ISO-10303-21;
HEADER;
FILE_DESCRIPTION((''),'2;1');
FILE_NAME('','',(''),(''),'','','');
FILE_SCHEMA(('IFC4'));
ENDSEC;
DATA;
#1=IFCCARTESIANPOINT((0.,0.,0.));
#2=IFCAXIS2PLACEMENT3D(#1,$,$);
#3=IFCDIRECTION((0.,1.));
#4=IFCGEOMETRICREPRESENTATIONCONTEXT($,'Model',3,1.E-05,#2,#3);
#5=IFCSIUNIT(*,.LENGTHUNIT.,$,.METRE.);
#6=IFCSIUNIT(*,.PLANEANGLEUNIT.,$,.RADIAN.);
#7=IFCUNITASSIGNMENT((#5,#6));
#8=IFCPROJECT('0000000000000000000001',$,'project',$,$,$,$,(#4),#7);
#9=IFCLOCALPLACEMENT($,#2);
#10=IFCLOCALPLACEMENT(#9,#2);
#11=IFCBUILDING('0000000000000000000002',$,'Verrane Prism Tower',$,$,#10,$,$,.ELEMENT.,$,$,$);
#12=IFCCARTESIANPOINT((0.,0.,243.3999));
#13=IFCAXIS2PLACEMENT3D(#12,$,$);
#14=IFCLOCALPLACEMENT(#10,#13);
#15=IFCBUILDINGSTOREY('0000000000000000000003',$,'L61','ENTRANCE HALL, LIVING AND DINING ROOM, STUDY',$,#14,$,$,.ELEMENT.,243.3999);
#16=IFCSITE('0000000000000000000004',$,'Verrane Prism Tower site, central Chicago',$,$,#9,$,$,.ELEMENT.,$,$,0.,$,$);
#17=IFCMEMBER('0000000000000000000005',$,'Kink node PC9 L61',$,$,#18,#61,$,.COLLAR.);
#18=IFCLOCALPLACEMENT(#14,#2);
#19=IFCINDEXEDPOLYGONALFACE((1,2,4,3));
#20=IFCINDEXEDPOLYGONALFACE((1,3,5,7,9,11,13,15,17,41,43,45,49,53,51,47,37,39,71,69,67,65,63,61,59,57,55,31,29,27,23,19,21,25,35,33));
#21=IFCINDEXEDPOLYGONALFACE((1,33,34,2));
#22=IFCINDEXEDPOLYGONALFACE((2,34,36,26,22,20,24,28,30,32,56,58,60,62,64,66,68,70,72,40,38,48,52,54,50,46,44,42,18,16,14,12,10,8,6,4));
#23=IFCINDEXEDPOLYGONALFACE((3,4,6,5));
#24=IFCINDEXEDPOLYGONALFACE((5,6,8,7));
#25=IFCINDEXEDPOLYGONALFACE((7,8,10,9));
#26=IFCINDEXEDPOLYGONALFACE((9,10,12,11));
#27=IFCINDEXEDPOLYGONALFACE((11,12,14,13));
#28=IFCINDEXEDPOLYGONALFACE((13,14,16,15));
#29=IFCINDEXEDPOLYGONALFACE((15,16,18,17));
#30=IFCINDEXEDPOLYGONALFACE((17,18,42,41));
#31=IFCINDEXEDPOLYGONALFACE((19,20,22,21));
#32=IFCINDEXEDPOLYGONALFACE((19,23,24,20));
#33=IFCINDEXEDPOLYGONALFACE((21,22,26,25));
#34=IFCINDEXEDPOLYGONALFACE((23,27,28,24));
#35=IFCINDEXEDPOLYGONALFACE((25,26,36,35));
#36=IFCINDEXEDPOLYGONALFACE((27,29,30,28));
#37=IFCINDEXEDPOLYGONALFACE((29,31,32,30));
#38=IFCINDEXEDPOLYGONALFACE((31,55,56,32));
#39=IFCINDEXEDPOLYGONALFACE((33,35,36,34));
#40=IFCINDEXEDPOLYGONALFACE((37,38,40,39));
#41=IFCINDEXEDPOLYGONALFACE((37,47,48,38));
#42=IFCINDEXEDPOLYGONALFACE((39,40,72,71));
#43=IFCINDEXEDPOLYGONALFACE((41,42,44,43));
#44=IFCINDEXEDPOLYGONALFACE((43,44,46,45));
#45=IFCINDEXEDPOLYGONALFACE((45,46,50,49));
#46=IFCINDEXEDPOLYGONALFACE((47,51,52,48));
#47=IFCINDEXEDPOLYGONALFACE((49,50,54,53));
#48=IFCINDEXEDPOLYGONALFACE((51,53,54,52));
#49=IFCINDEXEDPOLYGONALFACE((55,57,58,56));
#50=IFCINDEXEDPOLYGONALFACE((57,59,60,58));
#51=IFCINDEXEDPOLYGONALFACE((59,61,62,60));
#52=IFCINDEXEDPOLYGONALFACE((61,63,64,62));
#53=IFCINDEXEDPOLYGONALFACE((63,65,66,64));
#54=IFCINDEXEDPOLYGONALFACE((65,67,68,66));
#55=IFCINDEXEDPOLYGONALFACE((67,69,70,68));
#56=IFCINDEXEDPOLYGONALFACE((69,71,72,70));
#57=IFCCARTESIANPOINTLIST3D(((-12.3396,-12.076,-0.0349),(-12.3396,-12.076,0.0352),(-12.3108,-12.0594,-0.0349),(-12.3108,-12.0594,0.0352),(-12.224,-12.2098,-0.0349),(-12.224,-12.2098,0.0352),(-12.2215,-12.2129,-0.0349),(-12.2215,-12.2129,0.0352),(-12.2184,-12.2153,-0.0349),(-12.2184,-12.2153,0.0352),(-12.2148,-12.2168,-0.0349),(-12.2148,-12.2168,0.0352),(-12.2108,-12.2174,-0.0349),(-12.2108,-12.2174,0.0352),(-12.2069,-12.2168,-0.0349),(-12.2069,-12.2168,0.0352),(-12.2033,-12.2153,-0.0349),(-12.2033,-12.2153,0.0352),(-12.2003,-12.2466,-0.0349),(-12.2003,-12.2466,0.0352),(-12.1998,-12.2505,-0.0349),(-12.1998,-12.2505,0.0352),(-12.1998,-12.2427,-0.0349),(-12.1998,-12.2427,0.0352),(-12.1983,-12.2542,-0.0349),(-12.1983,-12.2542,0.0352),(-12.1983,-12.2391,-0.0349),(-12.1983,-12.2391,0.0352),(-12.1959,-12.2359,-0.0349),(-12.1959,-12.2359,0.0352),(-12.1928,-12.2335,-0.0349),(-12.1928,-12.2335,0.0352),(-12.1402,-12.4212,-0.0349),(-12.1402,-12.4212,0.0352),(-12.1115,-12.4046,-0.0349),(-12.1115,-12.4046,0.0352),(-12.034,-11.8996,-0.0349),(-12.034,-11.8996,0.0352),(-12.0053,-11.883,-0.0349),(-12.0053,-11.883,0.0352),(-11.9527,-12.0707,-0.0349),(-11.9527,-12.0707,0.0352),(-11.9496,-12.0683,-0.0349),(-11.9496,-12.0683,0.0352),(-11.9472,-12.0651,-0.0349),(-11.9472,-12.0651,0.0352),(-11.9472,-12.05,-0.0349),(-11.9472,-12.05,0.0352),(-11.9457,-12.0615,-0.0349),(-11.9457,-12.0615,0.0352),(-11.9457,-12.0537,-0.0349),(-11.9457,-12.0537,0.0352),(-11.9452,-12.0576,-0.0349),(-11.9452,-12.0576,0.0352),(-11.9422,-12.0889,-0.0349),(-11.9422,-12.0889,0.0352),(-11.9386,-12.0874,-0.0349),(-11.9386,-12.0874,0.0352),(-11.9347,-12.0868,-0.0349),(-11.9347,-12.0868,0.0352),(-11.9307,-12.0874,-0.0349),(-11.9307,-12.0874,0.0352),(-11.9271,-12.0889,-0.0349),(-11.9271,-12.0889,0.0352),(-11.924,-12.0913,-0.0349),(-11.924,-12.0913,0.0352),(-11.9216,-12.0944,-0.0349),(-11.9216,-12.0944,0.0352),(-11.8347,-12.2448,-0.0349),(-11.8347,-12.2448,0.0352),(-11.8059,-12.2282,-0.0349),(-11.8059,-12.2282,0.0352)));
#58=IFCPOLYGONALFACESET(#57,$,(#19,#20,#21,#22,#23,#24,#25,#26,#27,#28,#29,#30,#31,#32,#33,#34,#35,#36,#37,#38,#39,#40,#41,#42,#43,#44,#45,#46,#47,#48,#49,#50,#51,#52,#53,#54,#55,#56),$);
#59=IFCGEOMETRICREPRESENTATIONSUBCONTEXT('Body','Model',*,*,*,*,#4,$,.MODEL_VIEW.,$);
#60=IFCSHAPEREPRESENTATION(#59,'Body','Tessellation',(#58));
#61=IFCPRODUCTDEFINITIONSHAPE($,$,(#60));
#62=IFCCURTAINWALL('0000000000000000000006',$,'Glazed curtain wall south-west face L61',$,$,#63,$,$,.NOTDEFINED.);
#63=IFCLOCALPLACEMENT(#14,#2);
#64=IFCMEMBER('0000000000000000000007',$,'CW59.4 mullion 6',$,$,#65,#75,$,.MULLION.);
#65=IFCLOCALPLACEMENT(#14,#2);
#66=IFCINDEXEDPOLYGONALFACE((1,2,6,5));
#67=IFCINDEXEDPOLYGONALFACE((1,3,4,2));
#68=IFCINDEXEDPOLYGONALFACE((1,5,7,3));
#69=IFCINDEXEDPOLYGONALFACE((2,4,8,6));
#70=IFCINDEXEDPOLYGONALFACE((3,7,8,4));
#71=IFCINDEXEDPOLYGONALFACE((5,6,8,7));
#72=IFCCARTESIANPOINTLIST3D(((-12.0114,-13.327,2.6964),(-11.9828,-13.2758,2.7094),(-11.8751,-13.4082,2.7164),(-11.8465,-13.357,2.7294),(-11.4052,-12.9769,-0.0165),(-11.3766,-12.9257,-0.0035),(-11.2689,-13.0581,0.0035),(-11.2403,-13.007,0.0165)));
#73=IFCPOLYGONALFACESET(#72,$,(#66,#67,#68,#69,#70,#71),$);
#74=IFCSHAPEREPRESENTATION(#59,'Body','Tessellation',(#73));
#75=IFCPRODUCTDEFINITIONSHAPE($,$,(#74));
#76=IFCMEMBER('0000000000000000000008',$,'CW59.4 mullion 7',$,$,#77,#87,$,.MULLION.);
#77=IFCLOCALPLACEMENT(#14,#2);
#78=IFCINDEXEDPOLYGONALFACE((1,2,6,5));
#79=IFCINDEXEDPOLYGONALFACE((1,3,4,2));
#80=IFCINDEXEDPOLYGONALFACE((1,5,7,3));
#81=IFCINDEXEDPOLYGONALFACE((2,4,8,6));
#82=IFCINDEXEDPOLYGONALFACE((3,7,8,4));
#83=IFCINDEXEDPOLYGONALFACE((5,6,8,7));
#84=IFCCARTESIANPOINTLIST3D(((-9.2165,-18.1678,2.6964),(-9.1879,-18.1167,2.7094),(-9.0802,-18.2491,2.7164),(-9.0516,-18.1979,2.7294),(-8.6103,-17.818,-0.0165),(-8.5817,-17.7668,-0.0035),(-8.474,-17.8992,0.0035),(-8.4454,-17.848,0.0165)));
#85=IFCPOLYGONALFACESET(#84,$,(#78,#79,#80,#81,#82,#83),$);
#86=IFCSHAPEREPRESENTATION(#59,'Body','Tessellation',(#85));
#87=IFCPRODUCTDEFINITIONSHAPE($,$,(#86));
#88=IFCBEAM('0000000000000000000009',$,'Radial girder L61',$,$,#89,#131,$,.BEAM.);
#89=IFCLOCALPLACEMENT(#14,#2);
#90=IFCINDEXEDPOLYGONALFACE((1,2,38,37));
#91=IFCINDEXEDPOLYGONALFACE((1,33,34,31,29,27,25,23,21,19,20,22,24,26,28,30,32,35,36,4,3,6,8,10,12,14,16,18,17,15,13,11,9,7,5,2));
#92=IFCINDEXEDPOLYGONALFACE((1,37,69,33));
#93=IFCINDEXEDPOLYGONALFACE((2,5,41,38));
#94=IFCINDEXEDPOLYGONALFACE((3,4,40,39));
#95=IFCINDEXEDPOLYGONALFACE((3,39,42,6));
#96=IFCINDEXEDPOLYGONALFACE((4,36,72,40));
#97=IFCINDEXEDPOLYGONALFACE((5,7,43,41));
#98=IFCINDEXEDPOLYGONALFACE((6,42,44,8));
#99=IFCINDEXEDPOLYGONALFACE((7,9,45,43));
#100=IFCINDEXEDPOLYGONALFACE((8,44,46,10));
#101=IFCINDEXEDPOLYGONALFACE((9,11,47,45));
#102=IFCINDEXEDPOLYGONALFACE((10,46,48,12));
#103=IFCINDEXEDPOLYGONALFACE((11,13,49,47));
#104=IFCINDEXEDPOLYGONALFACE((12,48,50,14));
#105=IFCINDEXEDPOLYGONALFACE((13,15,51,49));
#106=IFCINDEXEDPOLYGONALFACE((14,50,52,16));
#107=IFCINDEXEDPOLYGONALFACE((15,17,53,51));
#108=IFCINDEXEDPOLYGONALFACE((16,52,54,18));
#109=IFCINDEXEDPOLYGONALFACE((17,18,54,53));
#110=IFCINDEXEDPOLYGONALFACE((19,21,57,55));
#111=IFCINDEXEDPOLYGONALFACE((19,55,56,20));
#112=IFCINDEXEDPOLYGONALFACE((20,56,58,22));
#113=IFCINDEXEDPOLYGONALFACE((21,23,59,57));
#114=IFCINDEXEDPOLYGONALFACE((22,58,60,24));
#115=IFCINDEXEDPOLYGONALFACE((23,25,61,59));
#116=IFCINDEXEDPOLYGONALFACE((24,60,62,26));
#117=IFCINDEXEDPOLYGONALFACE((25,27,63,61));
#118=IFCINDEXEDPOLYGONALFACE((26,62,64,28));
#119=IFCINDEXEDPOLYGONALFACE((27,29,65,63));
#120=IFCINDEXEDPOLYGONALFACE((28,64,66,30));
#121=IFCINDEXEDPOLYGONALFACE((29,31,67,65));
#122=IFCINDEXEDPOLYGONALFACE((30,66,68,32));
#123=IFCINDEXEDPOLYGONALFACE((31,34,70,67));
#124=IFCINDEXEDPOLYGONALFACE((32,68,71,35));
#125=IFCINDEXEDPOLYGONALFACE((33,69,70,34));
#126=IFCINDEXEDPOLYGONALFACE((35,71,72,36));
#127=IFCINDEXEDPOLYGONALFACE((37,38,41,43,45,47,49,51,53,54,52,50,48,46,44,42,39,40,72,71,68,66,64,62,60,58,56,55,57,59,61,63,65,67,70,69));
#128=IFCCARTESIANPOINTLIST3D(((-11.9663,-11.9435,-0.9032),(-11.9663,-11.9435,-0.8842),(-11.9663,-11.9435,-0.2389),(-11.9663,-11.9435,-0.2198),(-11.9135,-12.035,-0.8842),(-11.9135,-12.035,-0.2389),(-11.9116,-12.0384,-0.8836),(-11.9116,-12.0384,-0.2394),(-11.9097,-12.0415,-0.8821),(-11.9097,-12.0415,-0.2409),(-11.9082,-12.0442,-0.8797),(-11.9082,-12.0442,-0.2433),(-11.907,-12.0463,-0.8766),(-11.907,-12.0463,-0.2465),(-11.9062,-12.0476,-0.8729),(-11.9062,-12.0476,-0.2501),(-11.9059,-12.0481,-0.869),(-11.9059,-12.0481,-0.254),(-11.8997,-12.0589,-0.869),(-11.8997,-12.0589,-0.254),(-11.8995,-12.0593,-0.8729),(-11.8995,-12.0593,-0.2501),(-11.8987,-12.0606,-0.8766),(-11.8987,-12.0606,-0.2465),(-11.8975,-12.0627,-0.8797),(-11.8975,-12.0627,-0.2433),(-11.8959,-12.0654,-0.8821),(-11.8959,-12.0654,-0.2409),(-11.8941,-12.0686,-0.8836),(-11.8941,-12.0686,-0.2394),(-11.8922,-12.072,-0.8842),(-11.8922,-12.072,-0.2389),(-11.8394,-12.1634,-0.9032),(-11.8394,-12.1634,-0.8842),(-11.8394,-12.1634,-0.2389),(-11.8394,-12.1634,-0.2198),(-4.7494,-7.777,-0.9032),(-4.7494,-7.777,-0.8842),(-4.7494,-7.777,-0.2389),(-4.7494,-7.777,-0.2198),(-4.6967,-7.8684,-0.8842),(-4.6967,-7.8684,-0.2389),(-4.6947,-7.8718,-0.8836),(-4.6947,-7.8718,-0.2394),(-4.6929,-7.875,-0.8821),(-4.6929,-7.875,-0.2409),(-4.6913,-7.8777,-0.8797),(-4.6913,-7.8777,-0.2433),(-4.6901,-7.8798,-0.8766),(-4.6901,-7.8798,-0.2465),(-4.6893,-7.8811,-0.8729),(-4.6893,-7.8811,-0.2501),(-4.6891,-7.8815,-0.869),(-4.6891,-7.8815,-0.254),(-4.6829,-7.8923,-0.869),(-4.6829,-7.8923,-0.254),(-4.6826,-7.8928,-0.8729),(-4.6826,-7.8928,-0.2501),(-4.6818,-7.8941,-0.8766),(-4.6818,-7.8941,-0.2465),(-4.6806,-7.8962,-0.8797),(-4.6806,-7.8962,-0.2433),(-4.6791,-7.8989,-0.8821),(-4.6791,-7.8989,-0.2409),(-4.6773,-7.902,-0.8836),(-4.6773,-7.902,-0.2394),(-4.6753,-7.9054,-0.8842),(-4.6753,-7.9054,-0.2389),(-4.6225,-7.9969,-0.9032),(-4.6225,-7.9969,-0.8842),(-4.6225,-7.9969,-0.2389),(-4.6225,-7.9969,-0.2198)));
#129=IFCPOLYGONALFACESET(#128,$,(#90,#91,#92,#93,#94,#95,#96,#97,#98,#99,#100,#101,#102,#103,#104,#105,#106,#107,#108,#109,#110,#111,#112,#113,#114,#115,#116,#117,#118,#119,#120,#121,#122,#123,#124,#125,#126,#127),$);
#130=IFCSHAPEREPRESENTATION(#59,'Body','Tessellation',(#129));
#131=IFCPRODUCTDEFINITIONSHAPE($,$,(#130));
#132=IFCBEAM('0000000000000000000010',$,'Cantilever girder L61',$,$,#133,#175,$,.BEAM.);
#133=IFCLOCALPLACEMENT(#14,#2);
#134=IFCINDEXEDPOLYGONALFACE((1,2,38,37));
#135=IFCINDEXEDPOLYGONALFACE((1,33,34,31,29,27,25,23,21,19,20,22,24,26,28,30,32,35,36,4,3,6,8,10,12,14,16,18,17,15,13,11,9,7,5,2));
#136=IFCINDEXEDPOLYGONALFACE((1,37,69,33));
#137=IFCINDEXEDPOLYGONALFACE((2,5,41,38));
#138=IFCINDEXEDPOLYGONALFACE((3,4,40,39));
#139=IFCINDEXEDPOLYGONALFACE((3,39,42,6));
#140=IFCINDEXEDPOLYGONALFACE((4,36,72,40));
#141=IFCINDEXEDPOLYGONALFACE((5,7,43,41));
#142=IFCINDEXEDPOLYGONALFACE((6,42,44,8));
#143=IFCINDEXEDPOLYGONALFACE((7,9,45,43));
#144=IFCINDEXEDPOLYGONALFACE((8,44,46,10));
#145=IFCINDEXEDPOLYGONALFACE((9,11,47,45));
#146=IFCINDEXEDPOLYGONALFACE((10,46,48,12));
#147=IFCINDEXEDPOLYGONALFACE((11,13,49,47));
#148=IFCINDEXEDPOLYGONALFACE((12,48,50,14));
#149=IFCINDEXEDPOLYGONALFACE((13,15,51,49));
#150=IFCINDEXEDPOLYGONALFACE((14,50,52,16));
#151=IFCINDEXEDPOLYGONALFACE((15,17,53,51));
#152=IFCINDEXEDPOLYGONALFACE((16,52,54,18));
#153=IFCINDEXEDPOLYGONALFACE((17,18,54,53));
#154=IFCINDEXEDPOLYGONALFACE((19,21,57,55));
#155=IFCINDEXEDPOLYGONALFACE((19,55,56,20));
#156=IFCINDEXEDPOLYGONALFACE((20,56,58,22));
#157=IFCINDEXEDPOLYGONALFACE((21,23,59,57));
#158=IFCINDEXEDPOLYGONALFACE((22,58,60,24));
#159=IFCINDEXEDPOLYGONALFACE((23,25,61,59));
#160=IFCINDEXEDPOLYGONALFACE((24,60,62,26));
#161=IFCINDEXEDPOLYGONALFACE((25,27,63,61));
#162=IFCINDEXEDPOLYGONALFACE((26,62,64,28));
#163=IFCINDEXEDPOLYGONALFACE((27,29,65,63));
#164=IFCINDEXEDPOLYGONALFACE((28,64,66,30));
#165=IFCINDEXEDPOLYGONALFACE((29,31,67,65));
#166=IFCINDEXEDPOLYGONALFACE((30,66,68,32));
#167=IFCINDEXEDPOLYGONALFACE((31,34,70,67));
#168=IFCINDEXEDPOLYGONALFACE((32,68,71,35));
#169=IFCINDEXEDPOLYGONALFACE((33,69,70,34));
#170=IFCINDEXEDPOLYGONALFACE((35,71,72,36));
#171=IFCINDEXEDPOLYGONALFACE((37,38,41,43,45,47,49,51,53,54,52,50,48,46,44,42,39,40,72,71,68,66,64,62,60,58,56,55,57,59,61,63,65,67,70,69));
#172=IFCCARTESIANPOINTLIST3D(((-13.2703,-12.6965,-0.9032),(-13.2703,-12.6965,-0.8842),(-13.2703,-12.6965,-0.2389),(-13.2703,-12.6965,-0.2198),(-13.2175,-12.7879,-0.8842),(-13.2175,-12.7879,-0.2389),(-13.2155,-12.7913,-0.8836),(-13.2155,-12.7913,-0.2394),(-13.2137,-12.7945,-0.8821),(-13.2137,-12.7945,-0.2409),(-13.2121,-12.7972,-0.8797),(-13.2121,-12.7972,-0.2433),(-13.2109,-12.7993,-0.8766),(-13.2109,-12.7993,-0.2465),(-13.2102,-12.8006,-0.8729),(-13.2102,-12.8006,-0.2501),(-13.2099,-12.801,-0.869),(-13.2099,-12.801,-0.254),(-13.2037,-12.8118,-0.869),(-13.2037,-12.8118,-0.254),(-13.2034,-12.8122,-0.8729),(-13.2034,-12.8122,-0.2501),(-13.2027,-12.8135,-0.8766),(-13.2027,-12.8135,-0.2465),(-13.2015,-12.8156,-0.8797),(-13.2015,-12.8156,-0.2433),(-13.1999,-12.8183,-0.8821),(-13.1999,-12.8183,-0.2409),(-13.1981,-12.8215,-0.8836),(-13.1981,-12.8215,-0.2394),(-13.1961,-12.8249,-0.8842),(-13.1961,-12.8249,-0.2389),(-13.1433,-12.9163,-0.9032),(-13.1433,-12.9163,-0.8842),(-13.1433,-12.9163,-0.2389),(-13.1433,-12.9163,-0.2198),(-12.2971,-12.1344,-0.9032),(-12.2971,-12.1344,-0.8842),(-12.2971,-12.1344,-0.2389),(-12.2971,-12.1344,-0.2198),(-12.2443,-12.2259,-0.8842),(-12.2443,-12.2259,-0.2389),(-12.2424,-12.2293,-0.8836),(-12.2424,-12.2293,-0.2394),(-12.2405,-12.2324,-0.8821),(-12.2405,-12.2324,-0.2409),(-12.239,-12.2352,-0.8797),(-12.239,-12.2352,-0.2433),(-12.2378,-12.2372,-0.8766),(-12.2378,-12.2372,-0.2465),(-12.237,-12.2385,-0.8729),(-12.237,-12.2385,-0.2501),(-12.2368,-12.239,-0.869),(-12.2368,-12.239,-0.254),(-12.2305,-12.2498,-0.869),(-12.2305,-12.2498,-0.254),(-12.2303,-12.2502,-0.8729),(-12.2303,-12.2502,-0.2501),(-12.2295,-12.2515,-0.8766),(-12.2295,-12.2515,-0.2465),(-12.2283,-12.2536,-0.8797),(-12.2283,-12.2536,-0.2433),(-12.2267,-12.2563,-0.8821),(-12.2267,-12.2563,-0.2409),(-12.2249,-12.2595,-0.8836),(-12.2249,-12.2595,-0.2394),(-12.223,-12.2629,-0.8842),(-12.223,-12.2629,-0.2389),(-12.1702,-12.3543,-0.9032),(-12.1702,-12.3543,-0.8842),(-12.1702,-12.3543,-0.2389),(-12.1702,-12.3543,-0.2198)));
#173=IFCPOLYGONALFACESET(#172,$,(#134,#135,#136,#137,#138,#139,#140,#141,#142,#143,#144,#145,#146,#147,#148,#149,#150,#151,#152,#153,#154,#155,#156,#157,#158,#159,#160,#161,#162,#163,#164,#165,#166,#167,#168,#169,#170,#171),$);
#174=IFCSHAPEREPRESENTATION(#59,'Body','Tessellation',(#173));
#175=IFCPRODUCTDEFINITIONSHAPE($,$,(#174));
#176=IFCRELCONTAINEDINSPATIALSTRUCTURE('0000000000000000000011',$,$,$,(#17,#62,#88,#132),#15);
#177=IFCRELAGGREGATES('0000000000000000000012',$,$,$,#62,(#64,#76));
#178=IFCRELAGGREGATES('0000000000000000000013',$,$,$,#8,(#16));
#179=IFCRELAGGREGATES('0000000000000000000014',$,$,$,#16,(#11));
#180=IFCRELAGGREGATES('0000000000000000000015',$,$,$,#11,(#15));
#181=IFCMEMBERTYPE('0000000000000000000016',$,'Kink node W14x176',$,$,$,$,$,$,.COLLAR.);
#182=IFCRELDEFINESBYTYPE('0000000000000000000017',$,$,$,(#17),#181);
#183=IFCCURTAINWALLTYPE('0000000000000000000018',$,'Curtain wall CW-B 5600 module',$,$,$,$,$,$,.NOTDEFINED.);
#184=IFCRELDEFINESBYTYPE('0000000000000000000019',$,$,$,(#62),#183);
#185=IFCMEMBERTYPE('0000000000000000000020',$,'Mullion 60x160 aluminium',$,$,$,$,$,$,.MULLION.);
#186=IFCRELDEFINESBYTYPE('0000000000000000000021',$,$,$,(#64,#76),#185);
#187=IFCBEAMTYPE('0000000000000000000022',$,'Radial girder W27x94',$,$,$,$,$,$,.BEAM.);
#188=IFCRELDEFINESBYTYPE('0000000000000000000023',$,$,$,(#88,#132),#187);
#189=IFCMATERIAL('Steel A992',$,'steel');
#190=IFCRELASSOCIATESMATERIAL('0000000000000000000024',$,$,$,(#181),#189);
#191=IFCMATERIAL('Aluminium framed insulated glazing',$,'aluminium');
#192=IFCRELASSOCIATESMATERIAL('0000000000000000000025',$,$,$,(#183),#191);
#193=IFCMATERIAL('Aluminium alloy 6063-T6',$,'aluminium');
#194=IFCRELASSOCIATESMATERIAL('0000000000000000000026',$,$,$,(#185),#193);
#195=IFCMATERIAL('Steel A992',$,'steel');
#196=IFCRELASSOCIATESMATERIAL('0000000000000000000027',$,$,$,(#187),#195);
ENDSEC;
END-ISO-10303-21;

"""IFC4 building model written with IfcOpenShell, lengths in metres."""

from ifc_helpers import new_model, si_unit, direction, frame, origin, origin_2d, place, context, subcontext, project, spatial, rectangle, i_section, extrude, material, material_profile, profile_set, type_object, element, aggregate, save


model = new_model("IFC4")

# Units and contexts
model_context = context("Model", 3, precision=1e-05, world=origin(), true_north=direction((0.0, 1.0)))
body_context = subcontext(model_context, "Body", "Model", "MODEL_VIEW")
ifc_project = project(units=[si_unit("LENGTHUNIT", "METRE"), si_unit("PLANEANGLEUNIT", "RADIAN")], contexts=[model_context])

# Site, building, storey
site_placement = place(None, origin())
site = spatial("IfcSite", under=ifc_project, at=site_placement, Name="Verrane Prism Tower site, central Chicago", CompositionType="ELEMENT", RefElevation=0.0)
building_placement = place(site_placement, origin())
building = spatial("IfcBuilding", under=site, at=building_placement, Name="Verrane Prism Tower", CompositionType="ELEMENT")
storey_placement = place(building_placement, frame((0.0, 0.0, 243.3999)))
storey = spatial("IfcBuildingStorey", under=building, at=storey_placement, Name="L61", Description="ENTRANCE HALL, LIVING AND DINING ROOM, STUDY", CompositionType="ELEMENT", Elevation=243.3999)

# Member
ifc_material_1 = material(Name="Steel A992", Category="steel")
ifc_material_profile_1 = material_profile(ifc_material_1, i_section(OverallWidth=0.3987, OverallDepth=0.386, WebThickness=0.021, FlangeThickness=0.0332, FilletRadius=0.0151, at=origin_2d()), Name="W14x176")
ifc_profile_set_1 = profile_set([ifc_material_profile_1], Name="Steel A992")
member_type_1 = type_object("IfcMemberType", Name="Kink node W14x176", PredefinedType="COLLAR", material=ifc_profile_set_1)
member_1_placement = place(storey_placement, frame((-12.0728, -12.1521, -0.0349), z_axis=(0.0, 0.0, 1.0), x_axis=(-0.5, 0.866025, 0.0)))
element("IfcMember", 1, at=member_1_placement, inside=storey, type_object=member_type_1, Name="Kink node PC9 L61", PredefinedType="COLLAR", context=body_context, shape_type="SweptSolid", body=[
    extrude(i_section(OverallWidth=0.3987, OverallDepth=0.386, WebThickness=0.021, FlangeThickness=0.0332, FilletRadius=0.0151, at=origin_2d()), origin(), (0.0, 0.0, 1.0), 0.0701),
])

# Curtain wall, members
ifc_material_2 = material(Name="Aluminium framed insulated glazing", Category="aluminium")
curtain_wall_type = type_object("IfcCurtainWallType", Name="Curtain wall CW-B 5600 module", PredefinedType="NOTDEFINED", material=ifc_material_2)
curtain_wall_placement = place(storey_placement, origin())
curtain_wall = element("IfcCurtainWall", 2, at=curtain_wall_placement, inside=storey, type_object=curtain_wall_type, Name="Glazed curtain wall south-west face L61", PredefinedType="NOTDEFINED")
ifc_material_3 = material(Name="Aluminium alloy 6063-T6", Category="aluminium")
ifc_material_profile_2 = material_profile(ifc_material_3, rectangle(XDim=0.1599, YDim=0.0601, at=origin_2d()), Name="Mullion 60x160 aluminium")
ifc_profile_set_2 = profile_set([ifc_material_profile_2], Name="Aluminium alloy 6063-T6")
member_type_2 = type_object("IfcMemberType", Name="Mullion 60x160 aluminium", PredefinedType="MULLION", material=ifc_profile_set_2)
member_2_placement = place(storey_placement, frame((-11.3228, -12.9919, 0.0), z_axis=(-0.216365, -0.124957, 0.968283), x_axis=(0.852359, -0.507817, 0.124928)))
member_2 = element("IfcMember", 3, at=member_2_placement, type_object=member_type_2, Name="CW59.4 mullion 6", PredefinedType="MULLION", context=body_context, shape_type="SweptSolid", body=[
    extrude(rectangle(XDim=0.1599, YDim=0.0601, at=origin_2d()), origin(), (0.0, 0.0, 1.0), 2.8018),
])
member_3_placement = place(storey_placement, frame((-8.5278, -17.833, 0.0), z_axis=(-0.216367, -0.124871, 0.968294), x_axis=(0.85221, -0.508072, 0.124907)))
member_3 = element("IfcMember", 4, at=member_3_placement, type_object=member_type_2, Name="CW59.4 mullion 7", PredefinedType="MULLION", context=body_context, shape_type="SweptSolid", body=[
    extrude(rectangle(XDim=0.1599, YDim=0.0601, at=origin_2d()), origin(), (0.0, 0.0, 1.0), 2.8018),
])

# Beams
ifc_material_4 = material(Name="Steel A992", Category="steel")
ifc_material_profile_3 = material_profile(ifc_material_4, i_section(OverallWidth=0.2539, OverallDepth=0.6833, WebThickness=0.0125, FlangeThickness=0.019, FilletRadius=0.0151, at=origin_2d()), Name="W27x94")
ifc_profile_set_3 = profile_set([ifc_material_profile_3], Name="Steel A992")
beam_type_1 = type_object("IfcBeamType", Name="Radial girder W27x94", PredefinedType="BEAM", material=ifc_profile_set_3)
beam_1_placement = place(storey_placement, frame((-11.9028, -12.0535, -0.5615), z_axis=(0.866031, 0.49999, 0.0), x_axis=(-0.49999, 0.866031, 0.0)))
element("IfcBeam", 5, at=beam_1_placement, inside=storey, type_object=beam_type_1, Name="Radial girder L61", PredefinedType="BEAM", context=body_context, shape_type="SweptSolid", body=[
    extrude(i_section(OverallWidth=0.2539, OverallDepth=0.6833, WebThickness=0.0125, FlangeThickness=0.019, FilletRadius=0.0151, at=origin_2d()), origin(), (0.0, 0.0, 1.0), 8.3333),
])
beam_2_placement = place(storey_placement, frame((-12.2336, -12.2444, -0.5615), z_axis=(-0.865961, -0.500111, 0.0), x_axis=(0.500111, -0.865961, 0.0)))
element("IfcBeam", 6, at=beam_2_placement, inside=storey, type_object=beam_type_1, Name="Cantilever girder L61", PredefinedType="BEAM", context=body_context, shape_type="SweptSolid", body=[
    extrude(i_section(OverallWidth=0.2539, OverallDepth=0.6833, WebThickness=0.0125, FlangeThickness=0.019, FilletRadius=0.0151, at=origin_2d()), origin(), (0.0, 0.0, 1.0), 1.1238),
])

aggregate(curtain_wall, [member_2, member_3])

save(model, "model.ifc")
